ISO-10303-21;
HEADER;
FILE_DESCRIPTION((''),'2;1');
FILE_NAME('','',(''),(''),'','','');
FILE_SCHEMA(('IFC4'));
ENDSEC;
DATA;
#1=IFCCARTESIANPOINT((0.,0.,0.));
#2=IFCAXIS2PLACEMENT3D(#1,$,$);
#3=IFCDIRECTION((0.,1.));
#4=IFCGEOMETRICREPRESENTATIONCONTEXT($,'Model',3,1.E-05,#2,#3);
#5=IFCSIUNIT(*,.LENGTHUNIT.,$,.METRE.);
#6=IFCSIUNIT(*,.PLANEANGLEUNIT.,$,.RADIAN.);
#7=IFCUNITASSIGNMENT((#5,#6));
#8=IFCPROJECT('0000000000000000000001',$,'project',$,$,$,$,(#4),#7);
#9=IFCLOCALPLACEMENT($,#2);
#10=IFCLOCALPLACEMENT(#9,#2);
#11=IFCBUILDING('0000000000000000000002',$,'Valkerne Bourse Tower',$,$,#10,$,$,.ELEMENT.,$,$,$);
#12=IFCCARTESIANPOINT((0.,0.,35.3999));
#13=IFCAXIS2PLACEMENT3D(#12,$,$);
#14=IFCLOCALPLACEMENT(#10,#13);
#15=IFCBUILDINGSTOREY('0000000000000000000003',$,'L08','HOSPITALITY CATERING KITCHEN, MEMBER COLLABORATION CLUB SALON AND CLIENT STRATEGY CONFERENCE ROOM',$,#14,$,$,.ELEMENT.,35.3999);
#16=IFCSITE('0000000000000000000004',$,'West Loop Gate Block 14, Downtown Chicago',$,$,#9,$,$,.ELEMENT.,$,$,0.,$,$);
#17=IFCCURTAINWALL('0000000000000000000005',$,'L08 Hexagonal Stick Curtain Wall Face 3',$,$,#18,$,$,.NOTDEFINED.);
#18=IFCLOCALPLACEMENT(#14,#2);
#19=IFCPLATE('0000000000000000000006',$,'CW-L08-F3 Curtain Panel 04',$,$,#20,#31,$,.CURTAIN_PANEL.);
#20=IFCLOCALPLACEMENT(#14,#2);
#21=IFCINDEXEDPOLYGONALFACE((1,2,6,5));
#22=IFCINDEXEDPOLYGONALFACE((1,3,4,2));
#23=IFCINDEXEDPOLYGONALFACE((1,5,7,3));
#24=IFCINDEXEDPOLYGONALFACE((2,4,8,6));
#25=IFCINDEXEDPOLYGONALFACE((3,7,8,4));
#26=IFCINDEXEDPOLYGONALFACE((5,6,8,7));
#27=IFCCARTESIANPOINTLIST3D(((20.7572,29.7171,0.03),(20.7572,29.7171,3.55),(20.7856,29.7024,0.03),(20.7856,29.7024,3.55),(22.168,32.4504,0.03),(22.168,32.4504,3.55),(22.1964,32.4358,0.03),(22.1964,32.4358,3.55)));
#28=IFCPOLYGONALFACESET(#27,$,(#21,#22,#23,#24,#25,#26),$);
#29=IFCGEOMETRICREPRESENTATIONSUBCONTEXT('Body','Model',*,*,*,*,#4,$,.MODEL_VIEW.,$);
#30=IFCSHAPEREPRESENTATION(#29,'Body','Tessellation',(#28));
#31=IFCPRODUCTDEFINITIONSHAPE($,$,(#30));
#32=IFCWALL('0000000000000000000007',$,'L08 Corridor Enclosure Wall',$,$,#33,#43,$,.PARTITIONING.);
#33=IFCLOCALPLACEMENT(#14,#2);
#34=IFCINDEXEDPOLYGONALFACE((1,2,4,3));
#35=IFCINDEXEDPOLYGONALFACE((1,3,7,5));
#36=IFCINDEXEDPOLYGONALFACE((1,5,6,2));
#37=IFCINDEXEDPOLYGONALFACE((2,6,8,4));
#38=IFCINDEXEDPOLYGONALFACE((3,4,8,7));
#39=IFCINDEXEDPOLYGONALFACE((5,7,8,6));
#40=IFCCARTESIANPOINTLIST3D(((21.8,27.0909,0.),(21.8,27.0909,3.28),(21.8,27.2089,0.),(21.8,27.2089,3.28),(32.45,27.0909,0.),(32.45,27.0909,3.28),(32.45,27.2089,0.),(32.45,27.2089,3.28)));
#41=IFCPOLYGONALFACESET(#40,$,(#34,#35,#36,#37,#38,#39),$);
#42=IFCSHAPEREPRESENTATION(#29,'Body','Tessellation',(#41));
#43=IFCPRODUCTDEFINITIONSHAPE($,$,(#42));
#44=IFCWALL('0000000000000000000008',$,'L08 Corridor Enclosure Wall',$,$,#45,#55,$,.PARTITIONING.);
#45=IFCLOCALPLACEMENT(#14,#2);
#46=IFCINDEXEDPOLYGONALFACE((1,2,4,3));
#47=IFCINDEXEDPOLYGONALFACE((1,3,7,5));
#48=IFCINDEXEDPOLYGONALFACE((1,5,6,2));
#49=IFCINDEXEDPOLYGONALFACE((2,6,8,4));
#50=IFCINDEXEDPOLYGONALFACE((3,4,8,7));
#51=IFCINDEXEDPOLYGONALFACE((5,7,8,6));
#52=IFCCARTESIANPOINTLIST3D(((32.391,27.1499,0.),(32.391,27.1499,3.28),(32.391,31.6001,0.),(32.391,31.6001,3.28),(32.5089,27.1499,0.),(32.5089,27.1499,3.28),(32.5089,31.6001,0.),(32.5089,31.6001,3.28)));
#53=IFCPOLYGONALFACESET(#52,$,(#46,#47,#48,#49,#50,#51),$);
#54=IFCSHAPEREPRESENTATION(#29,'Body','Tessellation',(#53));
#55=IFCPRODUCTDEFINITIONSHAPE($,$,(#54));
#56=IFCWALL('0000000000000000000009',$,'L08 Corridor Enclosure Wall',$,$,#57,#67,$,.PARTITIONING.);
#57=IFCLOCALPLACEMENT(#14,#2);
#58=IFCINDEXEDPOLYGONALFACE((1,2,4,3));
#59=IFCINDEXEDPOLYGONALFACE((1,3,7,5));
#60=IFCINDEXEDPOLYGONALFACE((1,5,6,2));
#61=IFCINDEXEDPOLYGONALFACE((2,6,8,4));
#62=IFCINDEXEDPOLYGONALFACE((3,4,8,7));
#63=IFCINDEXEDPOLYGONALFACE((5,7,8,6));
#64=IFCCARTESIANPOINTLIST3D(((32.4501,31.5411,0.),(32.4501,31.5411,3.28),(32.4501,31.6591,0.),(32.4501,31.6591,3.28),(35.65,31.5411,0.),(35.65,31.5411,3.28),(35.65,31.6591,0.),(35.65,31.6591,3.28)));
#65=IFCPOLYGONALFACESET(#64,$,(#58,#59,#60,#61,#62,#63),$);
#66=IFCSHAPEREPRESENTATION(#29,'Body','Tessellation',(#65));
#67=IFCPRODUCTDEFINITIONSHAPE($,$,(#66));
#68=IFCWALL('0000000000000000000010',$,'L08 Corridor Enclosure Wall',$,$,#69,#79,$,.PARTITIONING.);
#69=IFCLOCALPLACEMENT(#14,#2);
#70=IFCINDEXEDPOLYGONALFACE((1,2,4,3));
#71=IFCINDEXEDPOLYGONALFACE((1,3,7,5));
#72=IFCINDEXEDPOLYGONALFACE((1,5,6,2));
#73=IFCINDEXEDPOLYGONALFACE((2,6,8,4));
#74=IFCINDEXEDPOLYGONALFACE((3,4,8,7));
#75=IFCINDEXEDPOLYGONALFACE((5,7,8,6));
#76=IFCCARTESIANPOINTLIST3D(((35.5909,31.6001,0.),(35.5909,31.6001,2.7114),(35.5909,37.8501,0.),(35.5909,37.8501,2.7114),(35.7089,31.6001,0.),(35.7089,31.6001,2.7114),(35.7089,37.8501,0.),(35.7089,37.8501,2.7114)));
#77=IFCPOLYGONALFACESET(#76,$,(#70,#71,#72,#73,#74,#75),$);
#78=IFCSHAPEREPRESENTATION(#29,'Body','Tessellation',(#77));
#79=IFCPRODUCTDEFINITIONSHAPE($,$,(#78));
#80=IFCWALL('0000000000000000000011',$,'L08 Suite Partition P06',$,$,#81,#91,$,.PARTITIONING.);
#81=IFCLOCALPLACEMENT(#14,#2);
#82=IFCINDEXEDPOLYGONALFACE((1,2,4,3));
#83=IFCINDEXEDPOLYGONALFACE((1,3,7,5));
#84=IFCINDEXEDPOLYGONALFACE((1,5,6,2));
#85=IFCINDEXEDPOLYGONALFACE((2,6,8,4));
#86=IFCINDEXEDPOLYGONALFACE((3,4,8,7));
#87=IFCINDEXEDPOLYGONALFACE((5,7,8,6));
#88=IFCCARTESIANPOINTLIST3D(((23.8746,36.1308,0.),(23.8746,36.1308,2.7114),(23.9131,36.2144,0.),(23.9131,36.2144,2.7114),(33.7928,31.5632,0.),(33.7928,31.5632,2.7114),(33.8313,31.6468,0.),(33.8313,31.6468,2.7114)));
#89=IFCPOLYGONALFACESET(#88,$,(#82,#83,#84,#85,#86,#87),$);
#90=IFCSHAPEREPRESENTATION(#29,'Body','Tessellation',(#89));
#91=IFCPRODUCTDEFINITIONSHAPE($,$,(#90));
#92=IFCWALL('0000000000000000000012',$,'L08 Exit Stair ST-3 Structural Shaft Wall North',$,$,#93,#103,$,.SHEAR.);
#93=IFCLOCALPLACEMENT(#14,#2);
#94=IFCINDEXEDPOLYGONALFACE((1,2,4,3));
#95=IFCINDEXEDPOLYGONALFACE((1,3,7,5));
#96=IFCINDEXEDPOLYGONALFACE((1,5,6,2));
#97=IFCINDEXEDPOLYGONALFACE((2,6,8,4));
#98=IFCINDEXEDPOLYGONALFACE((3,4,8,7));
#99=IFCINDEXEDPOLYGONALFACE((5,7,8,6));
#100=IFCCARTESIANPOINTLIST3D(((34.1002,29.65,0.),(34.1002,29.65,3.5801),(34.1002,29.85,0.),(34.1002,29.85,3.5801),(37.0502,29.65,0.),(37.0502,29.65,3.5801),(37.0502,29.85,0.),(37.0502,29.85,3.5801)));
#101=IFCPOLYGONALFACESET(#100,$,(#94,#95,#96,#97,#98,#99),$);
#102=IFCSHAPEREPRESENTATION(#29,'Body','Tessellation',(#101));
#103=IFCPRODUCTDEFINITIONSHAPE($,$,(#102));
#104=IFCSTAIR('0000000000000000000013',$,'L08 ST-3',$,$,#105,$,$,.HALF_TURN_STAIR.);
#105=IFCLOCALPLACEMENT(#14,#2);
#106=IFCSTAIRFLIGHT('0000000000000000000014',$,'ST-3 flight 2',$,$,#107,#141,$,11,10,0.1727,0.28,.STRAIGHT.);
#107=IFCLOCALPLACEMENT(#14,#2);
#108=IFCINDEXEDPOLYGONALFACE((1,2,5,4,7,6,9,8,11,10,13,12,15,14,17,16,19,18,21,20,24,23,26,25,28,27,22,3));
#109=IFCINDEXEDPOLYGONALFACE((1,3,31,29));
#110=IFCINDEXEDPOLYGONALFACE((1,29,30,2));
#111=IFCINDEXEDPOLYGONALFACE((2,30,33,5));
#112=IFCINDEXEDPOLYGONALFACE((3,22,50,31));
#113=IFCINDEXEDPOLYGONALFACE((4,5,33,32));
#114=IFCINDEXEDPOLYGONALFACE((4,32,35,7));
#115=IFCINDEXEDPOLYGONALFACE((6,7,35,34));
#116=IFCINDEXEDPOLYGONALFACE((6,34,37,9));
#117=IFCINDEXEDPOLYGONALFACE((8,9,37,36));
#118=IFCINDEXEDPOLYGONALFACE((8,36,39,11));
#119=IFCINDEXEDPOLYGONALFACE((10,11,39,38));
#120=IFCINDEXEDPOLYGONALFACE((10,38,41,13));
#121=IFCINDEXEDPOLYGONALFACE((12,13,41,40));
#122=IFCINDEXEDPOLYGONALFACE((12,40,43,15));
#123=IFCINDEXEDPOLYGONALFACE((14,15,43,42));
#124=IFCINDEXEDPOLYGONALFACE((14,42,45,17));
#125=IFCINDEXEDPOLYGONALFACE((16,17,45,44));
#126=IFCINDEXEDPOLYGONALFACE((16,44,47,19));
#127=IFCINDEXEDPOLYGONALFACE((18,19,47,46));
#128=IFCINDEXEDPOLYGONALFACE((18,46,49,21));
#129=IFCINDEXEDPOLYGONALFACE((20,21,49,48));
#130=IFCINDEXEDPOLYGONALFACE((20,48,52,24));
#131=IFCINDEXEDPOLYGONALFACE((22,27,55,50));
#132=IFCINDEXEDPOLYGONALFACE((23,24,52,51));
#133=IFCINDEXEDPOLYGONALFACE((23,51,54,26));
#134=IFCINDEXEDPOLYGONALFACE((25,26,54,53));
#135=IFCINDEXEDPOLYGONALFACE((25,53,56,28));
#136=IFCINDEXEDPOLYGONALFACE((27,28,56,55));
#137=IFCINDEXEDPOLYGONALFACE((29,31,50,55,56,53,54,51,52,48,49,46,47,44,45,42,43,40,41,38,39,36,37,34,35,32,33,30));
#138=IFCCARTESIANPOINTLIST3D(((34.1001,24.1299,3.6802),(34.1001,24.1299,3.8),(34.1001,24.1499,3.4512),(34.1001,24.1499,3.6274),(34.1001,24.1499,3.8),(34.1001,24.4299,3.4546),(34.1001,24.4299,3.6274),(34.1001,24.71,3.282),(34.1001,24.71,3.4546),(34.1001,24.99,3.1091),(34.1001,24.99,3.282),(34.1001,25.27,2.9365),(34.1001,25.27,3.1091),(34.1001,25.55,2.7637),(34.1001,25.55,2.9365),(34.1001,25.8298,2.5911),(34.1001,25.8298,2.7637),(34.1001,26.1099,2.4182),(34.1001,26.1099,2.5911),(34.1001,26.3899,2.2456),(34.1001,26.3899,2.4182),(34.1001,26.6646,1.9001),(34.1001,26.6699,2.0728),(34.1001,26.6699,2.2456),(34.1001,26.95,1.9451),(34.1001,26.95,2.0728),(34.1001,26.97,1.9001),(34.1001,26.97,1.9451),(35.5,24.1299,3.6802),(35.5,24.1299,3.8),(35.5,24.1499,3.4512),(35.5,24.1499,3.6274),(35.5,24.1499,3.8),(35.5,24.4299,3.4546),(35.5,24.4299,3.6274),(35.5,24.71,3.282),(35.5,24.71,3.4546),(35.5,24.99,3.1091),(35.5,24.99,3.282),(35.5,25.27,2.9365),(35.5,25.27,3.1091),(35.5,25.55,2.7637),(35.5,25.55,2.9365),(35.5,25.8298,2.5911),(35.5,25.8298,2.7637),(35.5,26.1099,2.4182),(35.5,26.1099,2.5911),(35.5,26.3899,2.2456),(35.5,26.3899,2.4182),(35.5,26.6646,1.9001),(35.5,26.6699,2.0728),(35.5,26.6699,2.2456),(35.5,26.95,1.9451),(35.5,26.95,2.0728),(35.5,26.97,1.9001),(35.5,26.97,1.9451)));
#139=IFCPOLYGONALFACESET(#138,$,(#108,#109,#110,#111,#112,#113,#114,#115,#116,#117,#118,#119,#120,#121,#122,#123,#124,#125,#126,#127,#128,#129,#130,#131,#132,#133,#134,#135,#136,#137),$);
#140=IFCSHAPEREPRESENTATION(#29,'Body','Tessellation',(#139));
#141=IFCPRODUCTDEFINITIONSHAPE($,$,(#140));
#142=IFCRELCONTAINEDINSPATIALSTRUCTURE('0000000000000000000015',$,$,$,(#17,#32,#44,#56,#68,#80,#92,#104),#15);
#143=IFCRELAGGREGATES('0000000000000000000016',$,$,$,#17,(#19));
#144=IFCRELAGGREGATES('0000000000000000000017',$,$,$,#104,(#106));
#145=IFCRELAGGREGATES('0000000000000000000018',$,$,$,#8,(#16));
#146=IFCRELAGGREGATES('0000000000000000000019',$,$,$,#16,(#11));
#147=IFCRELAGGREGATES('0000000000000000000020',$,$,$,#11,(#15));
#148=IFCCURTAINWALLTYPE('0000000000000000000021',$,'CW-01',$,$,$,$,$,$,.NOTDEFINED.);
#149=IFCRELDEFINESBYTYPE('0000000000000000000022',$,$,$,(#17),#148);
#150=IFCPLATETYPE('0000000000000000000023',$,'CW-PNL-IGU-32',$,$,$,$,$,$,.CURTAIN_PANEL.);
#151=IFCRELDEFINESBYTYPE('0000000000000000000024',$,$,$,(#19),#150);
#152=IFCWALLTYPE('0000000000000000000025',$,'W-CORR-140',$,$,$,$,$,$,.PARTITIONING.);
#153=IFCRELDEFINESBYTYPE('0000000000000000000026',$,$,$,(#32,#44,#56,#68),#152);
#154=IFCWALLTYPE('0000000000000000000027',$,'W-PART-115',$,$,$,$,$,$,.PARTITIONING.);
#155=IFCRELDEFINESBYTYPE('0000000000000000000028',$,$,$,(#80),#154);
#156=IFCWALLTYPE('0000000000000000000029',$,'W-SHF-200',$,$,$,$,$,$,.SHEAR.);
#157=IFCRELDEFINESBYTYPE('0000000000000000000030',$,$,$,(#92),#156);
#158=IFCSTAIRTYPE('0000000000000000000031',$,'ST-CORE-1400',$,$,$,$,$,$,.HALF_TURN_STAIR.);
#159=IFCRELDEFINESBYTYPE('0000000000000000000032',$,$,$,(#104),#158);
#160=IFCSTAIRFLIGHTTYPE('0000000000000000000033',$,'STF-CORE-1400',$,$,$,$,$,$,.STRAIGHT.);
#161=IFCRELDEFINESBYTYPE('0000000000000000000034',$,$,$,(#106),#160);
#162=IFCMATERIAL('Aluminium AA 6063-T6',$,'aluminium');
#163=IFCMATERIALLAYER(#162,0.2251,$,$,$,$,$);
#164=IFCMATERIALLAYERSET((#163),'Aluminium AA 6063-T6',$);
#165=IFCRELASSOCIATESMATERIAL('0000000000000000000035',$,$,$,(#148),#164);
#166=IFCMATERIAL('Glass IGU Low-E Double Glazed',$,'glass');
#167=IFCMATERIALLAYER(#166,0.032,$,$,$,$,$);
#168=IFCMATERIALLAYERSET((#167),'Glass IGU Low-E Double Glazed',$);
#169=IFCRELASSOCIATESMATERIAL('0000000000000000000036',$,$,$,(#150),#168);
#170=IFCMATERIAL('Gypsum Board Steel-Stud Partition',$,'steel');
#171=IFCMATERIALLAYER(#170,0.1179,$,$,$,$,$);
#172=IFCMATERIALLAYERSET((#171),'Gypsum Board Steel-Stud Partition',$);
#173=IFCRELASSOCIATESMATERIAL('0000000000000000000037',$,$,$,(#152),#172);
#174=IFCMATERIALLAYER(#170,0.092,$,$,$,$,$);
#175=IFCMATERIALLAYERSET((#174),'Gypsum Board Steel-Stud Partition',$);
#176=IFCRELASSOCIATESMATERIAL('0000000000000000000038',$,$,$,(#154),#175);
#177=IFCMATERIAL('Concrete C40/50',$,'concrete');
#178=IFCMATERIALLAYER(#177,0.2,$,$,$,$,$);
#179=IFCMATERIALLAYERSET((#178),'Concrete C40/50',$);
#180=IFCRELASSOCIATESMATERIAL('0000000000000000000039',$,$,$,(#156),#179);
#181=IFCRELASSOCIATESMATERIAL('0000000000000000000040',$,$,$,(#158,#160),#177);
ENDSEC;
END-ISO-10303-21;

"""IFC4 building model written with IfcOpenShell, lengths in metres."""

from ifc_helpers import new_model, si_unit, direction, frame, frame_2d, origin, origin_2d, place, context, subcontext, project, spatial, polyline, rectangle, outline, extrude, material, layer, layer_set, type_object, element, aggregate, save


model = new_model("IFC4")

# Units and contexts
model_context = context("Model", 3, precision=1e-05, world=origin(), true_north=direction((0.0, 1.0)))
body_context = subcontext(model_context, "Body", "Model", "MODEL_VIEW")
ifc_project = project(units=[si_unit("LENGTHUNIT", "METRE"), si_unit("PLANEANGLEUNIT", "RADIAN")], contexts=[model_context])

# Site, building, storey
site_placement = place(None, origin())
site = spatial("IfcSite", under=ifc_project, at=site_placement, Name="West Loop Gate Block 14, Downtown Chicago", CompositionType="ELEMENT", RefElevation=0.0)
building_placement = place(site_placement, origin())
building = spatial("IfcBuilding", under=site, at=building_placement, Name="Valkerne Bourse Tower", CompositionType="ELEMENT")
storey_placement = place(building_placement, frame((0.0, 0.0, 35.3999)))
storey = spatial("IfcBuildingStorey", under=building, at=storey_placement, Name="L08", Description="HOSPITALITY CATERING KITCHEN, MEMBER COLLABORATION CLUB SALON AND CLIENT STRATEGY CONFERENCE ROOM", CompositionType="ELEMENT", Elevation=35.3999)

# Curtain wall
ifc_material_1 = material(Name="Aluminium AA 6063-T6", Category="aluminium")
ifc_layer_1 = layer(ifc_material_1, 0.2251)
ifc_layer_set_1 = layer_set([ifc_layer_1], Name="Aluminium AA 6063-T6")
curtain_wall_type = type_object("IfcCurtainWallType", Name="CW-01", PredefinedType="NOTDEFINED", material=ifc_layer_set_1)
curtain_wall_placement = place(storey_placement, origin())
curtain_wall = element("IfcCurtainWall", 1, at=curtain_wall_placement, inside=storey, type_object=curtain_wall_type, Name="L08 Hexagonal Stick Curtain Wall Face 3", PredefinedType="NOTDEFINED")

# Plate
ifc_material_2 = material(Name="Glass IGU Low-E Double Glazed", Category="glass")
ifc_layer_2 = layer(ifc_material_2, 0.032)
ifc_layer_set_2 = layer_set([ifc_layer_2], Name="Glass IGU Low-E Double Glazed")
plate_type = type_object("IfcPlateType", Name="CW-PNL-IGU-32", PredefinedType="CURTAIN_PANEL", material=ifc_layer_set_2)
plate_1_placement = place(storey_placement, frame((21.4768, 31.0764, 0.03), z_axis=(0.0, 0.0, 1.0), x_axis=(-0.458638, -0.888623, 0.0)))
plate_1 = element("IfcPlate", 2, at=plate_1_placement, type_object=plate_type, Name="CW-L08-F3 Curtain Panel 04", PredefinedType="CURTAIN_PANEL", context=body_context, shape_type="SweptSolid", body=[
    extrude(rectangle(XDim=3.0759, YDim=0.032, at=origin_2d()), origin(), (0.0, 0.0, 1.0), 3.52),
])
aggregate(curtain_wall, [plate_1])

# Walls
ifc_material_3 = material(Name="Gypsum Board Steel-Stud Partition", Category="steel")
ifc_layer_3 = layer(ifc_material_3, 0.1179)
ifc_layer_set_3 = layer_set([ifc_layer_3], Name="Gypsum Board Steel-Stud Partition")
wall_type_1 = type_object("IfcWallType", Name="W-CORR-140", PredefinedType="PARTITIONING", material=ifc_layer_set_3)
wall_1_placement = place(storey_placement, frame((21.8, 27.1499, 0.0), z_axis=(0.0, 0.0, 1.0), x_axis=(1.0, 0.0, 0.0)))
element("IfcWall", 3, at=wall_1_placement, inside=storey, type_object=wall_type_1, Name="L08 Corridor Enclosure Wall", PredefinedType="PARTITIONING", context=body_context, shape_type="SweptSolid", body=[
    extrude(rectangle(XDim=10.6499, YDim=0.1179, at=frame_2d((5.325, 0.0))), origin(), (0.0, 0.0, 1.0), 3.28),
])
wall_2_placement = place(storey_placement, frame((32.45, 27.1499, 0.0), z_axis=(0.0, 0.0, 1.0), x_axis=(0.0, 1.0, 0.0)))
element("IfcWall", 4, at=wall_2_placement, inside=storey, type_object=wall_type_1, Name="L08 Corridor Enclosure Wall", PredefinedType="PARTITIONING", context=body_context, shape_type="SweptSolid", body=[
    extrude(rectangle(XDim=4.4502, YDim=0.1179, at=frame_2d((2.2251, 0.0))), origin(), (0.0, 0.0, 1.0), 3.28),
])
wall_3_placement = place(storey_placement, frame((32.45, 31.6001, 0.0), z_axis=(0.0, 0.0, 1.0), x_axis=(1.0, 0.0, 0.0)))
element("IfcWall", 5, at=wall_3_placement, inside=storey, type_object=wall_type_1, Name="L08 Corridor Enclosure Wall", PredefinedType="PARTITIONING", context=body_context, shape_type="SweptSolid", body=[
    extrude(rectangle(XDim=3.2, YDim=0.1179, at=frame_2d((1.6001, 0.0))), origin(), (0.0, 0.0, 1.0), 3.28),
])
wall_4_placement = place(storey_placement, frame((35.6499, 31.6001, 0.0), z_axis=(0.0, 0.0, 1.0), x_axis=(0.0, 1.0, 0.0)))
element("IfcWall", 6, at=wall_4_placement, inside=storey, type_object=wall_type_1, Name="L08 Corridor Enclosure Wall", PredefinedType="PARTITIONING", context=body_context, shape_type="SweptSolid", body=[
    extrude(rectangle(XDim=6.25, YDim=0.1179, at=frame_2d((3.125, 0.0))), origin(), (0.0, 0.0, 1.0), 2.7114),
])
ifc_layer_4 = layer(ifc_material_3, 0.092)
ifc_layer_set_4 = layer_set([ifc_layer_4], Name="Gypsum Board Steel-Stud Partition")
wall_type_2 = type_object("IfcWallType", Name="W-PART-115", PredefinedType="PARTITIONING", material=ifc_layer_set_4)
wall_5_placement = place(storey_placement, frame((33.812, 31.605, 0.0), z_axis=(0.0, 0.0, 1.0), x_axis=(-0.908308, 0.418302, 0.0)))
element("IfcWall", 7, at=wall_5_placement, inside=storey, type_object=wall_type_2, Name="L08 Suite Partition P06", PredefinedType="PARTITIONING", context=body_context, shape_type="SweptSolid", body=[
    extrude(rectangle(XDim=10.9194, YDim=0.092, at=frame_2d((5.4597, 0.0))), origin(), (0.0, 0.0, 1.0), 2.7114),
])
ifc_material_4 = material(Name="Concrete C40/50", Category="concrete")
ifc_layer_5 = layer(ifc_material_4, 0.2)
ifc_layer_set_5 = layer_set([ifc_layer_5], Name="Concrete C40/50")
wall_type_3 = type_object("IfcWallType", Name="W-SHF-200", PredefinedType="SHEAR", material=ifc_layer_set_5)
wall_6_placement = place(storey_placement, frame((34.1001, 29.75, 0.0), z_axis=(0.0, 0.0, 1.0), x_axis=(1.0, 0.0, 0.0)))
element("IfcWall", 8, at=wall_6_placement, inside=storey, type_object=wall_type_3, Name="L08 Exit Stair ST-3 Structural Shaft Wall North", PredefinedType="SHEAR", context=body_context, shape_type="SweptSolid", body=[
    extrude(rectangle(XDim=2.95, YDim=0.2, at=frame_2d((1.4751, 0.0))), origin(), (0.0, 0.0, 1.0), 3.5801),
])

# Stair, stair flight
stair_type = type_object("IfcStairType", Name="ST-CORE-1400", PredefinedType="HALF_TURN_STAIR", material=ifc_material_4)
stair_placement = place(storey_placement, origin())
stair = element("IfcStair", 9, at=stair_placement, inside=storey, type_object=stair_type, Name="L08 ST-3", PredefinedType="HALF_TURN_STAIR")
stair_flight_type = type_object("IfcStairFlightType", Name="STF-CORE-1400", PredefinedType="STRAIGHT", material=ifc_material_4)
stair_flight_placement = place(storey_placement, frame((34.8, 26.95, 1.9001), z_axis=(0.0, 0.0, 1.0), x_axis=(0.0, -1.0, 0.0)))
stair_flight = element("IfcStairFlight", 10, at=stair_flight_placement, type_object=stair_flight_type, Name="ST-3 flight 2", NumberOfRisers=11, NumberOfTreads=10, PredefinedType="STRAIGHT", RiserHeight=0.1727, TreadLength=0.28, context=body_context, shape_type="SweptSolid", body=[
    extrude(outline(polyline([(-0.02, 0.0), (-0.02, 0.0449), (0.0, 0.0449), (0.0, 0.1726), (0.28, 0.1726), (0.28, 0.3455), (0.5601, 0.3455), (0.5601, 0.5181), (0.8401, 0.5181), (0.8401, 0.6909), (1.1201, 0.6909), (1.1201, 0.8635), (1.3999, 0.8635), (1.3999, 1.0364), (1.6799, 1.0364), (1.6799, 1.209), (1.96, 1.209), (1.96, 1.3818), (2.24, 1.3818), (2.24, 1.5544), (2.52, 1.5544), (2.52, 1.7273), (2.8, 1.7273), (2.8, 1.8999), (2.8201, 1.8999), (2.8201, 1.78), (2.8, 1.551), (0.2854, 0.0), (-0.02, 0.0)])), frame((0.0, 0.7, 0.0), z_axis=(0.0, -1.0, 0.0), x_axis=(1.0, 0.0, 0.0)), (0.0, 0.0, 1.0), 1.3999),
])
aggregate(stair, [stair_flight])

save(model, "model.ifc")
